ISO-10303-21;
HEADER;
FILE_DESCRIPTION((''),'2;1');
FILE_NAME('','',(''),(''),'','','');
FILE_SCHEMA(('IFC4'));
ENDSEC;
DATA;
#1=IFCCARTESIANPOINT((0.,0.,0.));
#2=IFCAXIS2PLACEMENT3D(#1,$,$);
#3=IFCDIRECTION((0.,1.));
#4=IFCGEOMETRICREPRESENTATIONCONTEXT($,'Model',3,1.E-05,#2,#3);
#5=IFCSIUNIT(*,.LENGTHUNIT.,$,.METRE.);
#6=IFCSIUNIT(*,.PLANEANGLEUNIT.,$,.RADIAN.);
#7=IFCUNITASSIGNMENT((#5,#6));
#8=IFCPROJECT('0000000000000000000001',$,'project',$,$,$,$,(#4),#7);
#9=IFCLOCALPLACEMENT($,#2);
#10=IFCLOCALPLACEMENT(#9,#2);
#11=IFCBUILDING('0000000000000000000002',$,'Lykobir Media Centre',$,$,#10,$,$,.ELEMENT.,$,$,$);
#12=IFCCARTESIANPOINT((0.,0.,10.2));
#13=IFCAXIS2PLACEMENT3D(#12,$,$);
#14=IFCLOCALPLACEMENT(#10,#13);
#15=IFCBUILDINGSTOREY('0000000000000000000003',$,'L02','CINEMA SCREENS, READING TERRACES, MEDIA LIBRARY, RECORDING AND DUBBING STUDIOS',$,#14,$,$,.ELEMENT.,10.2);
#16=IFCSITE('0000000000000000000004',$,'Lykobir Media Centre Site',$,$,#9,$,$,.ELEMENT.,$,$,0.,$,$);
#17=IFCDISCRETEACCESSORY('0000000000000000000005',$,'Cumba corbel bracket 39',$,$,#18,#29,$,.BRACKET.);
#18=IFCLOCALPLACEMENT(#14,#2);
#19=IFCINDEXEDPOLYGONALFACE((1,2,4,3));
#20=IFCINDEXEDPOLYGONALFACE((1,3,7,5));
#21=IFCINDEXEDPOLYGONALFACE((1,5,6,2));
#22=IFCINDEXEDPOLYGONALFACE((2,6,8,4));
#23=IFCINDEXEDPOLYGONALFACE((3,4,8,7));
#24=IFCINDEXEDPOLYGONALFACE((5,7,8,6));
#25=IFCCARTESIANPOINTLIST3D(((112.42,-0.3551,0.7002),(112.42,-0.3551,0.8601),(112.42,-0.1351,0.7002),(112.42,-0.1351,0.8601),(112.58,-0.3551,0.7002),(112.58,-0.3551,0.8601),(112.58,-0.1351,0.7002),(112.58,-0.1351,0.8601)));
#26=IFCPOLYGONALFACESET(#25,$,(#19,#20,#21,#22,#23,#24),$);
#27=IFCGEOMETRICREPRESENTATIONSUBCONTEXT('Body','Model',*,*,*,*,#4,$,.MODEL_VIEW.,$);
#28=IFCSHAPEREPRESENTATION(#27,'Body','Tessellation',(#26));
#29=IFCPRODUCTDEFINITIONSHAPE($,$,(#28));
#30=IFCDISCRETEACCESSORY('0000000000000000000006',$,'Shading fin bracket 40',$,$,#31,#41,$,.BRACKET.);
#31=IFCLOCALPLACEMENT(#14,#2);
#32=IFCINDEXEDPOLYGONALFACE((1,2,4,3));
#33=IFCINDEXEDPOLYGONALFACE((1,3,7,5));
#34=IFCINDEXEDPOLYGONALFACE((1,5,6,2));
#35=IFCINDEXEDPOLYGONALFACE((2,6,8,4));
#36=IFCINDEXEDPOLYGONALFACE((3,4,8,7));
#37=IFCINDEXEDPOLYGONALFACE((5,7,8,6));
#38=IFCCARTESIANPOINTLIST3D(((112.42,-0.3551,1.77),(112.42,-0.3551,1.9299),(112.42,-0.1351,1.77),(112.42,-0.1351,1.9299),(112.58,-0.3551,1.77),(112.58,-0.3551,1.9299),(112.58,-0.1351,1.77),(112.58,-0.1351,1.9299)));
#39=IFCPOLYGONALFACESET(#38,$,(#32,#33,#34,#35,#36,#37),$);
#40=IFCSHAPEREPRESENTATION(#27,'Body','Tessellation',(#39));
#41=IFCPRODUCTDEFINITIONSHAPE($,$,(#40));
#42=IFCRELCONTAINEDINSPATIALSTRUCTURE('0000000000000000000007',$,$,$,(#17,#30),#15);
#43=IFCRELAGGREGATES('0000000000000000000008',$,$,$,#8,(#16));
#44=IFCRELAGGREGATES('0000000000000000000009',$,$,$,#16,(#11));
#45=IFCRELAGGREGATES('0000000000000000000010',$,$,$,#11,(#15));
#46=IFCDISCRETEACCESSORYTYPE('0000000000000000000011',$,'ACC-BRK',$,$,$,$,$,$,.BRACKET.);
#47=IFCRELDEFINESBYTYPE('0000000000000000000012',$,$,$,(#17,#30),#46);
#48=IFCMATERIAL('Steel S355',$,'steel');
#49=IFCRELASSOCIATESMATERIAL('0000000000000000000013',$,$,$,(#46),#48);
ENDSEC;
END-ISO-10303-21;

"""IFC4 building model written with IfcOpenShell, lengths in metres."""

from ifc_helpers import new_model, si_unit, direction, frame, origin, origin_2d, place, context, subcontext, project, spatial, rectangle, extrude, material, type_object, element, save


model = new_model("IFC4")

# Units and contexts
model_context = context("Model", 3, precision=1e-05, world=origin(), true_north=direction((0.0, 1.0)))
body_context = subcontext(model_context, "Body", "Model", "MODEL_VIEW")
ifc_project = project(units=[si_unit("LENGTHUNIT", "METRE"), si_unit("PLANEANGLEUNIT", "RADIAN")], contexts=[model_context])

# Site, building, storey
site_placement = place(None, origin())
site = spatial("IfcSite", under=ifc_project, at=site_placement, Name="Lykobir Media Centre Site", CompositionType="ELEMENT", RefElevation=0.0)
building_placement = place(site_placement, origin())
building = spatial("IfcBuilding", under=site, at=building_placement, Name="Lykobir Media Centre", CompositionType="ELEMENT")
storey_placement = place(building_placement, frame((0.0, 0.0, 10.2)))
storey = spatial("IfcBuildingStorey", under=building, at=storey_placement, Name="L02", Description="CINEMA SCREENS, READING TERRACES, MEDIA LIBRARY, RECORDING AND DUBBING STUDIOS", CompositionType="ELEMENT", Elevation=10.2)

# Shared definitions
ifc_material_1 = material(Name="Steel S355", Category="steel")

# Discrete accessories
discrete_accessory_type = type_object("IfcDiscreteAccessoryType", Name="ACC-BRK", PredefinedType="BRACKET", material=ifc_material_1)
for number, where, z_axis, x_axis, name in (
    (1, (112.5, -0.2451, 0.7002), (0.0, 0.0, 1.0), (1.0, 0.0, 0.0), "Cumba corbel bracket 39"),
    (2, (112.5, -0.2451, 1.77), (0.0, 0.0, 1.0), (1.0, 0.0, 0.0), "Shading fin bracket 40"),
):
    element("IfcDiscreteAccessory", number, at=place(storey_placement, frame(where, z_axis=z_axis, x_axis=x_axis)), inside=storey, type_object=discrete_accessory_type, Name=name, PredefinedType="BRACKET", context=body_context, shape_type="SweptSolid", body=[
        extrude(rectangle(XDim=0.1599, YDim=0.22, at=origin_2d()), origin(), (0.0, 0.0, 1.0), 0.1599),
    ])

save(model, "model.ifc")
